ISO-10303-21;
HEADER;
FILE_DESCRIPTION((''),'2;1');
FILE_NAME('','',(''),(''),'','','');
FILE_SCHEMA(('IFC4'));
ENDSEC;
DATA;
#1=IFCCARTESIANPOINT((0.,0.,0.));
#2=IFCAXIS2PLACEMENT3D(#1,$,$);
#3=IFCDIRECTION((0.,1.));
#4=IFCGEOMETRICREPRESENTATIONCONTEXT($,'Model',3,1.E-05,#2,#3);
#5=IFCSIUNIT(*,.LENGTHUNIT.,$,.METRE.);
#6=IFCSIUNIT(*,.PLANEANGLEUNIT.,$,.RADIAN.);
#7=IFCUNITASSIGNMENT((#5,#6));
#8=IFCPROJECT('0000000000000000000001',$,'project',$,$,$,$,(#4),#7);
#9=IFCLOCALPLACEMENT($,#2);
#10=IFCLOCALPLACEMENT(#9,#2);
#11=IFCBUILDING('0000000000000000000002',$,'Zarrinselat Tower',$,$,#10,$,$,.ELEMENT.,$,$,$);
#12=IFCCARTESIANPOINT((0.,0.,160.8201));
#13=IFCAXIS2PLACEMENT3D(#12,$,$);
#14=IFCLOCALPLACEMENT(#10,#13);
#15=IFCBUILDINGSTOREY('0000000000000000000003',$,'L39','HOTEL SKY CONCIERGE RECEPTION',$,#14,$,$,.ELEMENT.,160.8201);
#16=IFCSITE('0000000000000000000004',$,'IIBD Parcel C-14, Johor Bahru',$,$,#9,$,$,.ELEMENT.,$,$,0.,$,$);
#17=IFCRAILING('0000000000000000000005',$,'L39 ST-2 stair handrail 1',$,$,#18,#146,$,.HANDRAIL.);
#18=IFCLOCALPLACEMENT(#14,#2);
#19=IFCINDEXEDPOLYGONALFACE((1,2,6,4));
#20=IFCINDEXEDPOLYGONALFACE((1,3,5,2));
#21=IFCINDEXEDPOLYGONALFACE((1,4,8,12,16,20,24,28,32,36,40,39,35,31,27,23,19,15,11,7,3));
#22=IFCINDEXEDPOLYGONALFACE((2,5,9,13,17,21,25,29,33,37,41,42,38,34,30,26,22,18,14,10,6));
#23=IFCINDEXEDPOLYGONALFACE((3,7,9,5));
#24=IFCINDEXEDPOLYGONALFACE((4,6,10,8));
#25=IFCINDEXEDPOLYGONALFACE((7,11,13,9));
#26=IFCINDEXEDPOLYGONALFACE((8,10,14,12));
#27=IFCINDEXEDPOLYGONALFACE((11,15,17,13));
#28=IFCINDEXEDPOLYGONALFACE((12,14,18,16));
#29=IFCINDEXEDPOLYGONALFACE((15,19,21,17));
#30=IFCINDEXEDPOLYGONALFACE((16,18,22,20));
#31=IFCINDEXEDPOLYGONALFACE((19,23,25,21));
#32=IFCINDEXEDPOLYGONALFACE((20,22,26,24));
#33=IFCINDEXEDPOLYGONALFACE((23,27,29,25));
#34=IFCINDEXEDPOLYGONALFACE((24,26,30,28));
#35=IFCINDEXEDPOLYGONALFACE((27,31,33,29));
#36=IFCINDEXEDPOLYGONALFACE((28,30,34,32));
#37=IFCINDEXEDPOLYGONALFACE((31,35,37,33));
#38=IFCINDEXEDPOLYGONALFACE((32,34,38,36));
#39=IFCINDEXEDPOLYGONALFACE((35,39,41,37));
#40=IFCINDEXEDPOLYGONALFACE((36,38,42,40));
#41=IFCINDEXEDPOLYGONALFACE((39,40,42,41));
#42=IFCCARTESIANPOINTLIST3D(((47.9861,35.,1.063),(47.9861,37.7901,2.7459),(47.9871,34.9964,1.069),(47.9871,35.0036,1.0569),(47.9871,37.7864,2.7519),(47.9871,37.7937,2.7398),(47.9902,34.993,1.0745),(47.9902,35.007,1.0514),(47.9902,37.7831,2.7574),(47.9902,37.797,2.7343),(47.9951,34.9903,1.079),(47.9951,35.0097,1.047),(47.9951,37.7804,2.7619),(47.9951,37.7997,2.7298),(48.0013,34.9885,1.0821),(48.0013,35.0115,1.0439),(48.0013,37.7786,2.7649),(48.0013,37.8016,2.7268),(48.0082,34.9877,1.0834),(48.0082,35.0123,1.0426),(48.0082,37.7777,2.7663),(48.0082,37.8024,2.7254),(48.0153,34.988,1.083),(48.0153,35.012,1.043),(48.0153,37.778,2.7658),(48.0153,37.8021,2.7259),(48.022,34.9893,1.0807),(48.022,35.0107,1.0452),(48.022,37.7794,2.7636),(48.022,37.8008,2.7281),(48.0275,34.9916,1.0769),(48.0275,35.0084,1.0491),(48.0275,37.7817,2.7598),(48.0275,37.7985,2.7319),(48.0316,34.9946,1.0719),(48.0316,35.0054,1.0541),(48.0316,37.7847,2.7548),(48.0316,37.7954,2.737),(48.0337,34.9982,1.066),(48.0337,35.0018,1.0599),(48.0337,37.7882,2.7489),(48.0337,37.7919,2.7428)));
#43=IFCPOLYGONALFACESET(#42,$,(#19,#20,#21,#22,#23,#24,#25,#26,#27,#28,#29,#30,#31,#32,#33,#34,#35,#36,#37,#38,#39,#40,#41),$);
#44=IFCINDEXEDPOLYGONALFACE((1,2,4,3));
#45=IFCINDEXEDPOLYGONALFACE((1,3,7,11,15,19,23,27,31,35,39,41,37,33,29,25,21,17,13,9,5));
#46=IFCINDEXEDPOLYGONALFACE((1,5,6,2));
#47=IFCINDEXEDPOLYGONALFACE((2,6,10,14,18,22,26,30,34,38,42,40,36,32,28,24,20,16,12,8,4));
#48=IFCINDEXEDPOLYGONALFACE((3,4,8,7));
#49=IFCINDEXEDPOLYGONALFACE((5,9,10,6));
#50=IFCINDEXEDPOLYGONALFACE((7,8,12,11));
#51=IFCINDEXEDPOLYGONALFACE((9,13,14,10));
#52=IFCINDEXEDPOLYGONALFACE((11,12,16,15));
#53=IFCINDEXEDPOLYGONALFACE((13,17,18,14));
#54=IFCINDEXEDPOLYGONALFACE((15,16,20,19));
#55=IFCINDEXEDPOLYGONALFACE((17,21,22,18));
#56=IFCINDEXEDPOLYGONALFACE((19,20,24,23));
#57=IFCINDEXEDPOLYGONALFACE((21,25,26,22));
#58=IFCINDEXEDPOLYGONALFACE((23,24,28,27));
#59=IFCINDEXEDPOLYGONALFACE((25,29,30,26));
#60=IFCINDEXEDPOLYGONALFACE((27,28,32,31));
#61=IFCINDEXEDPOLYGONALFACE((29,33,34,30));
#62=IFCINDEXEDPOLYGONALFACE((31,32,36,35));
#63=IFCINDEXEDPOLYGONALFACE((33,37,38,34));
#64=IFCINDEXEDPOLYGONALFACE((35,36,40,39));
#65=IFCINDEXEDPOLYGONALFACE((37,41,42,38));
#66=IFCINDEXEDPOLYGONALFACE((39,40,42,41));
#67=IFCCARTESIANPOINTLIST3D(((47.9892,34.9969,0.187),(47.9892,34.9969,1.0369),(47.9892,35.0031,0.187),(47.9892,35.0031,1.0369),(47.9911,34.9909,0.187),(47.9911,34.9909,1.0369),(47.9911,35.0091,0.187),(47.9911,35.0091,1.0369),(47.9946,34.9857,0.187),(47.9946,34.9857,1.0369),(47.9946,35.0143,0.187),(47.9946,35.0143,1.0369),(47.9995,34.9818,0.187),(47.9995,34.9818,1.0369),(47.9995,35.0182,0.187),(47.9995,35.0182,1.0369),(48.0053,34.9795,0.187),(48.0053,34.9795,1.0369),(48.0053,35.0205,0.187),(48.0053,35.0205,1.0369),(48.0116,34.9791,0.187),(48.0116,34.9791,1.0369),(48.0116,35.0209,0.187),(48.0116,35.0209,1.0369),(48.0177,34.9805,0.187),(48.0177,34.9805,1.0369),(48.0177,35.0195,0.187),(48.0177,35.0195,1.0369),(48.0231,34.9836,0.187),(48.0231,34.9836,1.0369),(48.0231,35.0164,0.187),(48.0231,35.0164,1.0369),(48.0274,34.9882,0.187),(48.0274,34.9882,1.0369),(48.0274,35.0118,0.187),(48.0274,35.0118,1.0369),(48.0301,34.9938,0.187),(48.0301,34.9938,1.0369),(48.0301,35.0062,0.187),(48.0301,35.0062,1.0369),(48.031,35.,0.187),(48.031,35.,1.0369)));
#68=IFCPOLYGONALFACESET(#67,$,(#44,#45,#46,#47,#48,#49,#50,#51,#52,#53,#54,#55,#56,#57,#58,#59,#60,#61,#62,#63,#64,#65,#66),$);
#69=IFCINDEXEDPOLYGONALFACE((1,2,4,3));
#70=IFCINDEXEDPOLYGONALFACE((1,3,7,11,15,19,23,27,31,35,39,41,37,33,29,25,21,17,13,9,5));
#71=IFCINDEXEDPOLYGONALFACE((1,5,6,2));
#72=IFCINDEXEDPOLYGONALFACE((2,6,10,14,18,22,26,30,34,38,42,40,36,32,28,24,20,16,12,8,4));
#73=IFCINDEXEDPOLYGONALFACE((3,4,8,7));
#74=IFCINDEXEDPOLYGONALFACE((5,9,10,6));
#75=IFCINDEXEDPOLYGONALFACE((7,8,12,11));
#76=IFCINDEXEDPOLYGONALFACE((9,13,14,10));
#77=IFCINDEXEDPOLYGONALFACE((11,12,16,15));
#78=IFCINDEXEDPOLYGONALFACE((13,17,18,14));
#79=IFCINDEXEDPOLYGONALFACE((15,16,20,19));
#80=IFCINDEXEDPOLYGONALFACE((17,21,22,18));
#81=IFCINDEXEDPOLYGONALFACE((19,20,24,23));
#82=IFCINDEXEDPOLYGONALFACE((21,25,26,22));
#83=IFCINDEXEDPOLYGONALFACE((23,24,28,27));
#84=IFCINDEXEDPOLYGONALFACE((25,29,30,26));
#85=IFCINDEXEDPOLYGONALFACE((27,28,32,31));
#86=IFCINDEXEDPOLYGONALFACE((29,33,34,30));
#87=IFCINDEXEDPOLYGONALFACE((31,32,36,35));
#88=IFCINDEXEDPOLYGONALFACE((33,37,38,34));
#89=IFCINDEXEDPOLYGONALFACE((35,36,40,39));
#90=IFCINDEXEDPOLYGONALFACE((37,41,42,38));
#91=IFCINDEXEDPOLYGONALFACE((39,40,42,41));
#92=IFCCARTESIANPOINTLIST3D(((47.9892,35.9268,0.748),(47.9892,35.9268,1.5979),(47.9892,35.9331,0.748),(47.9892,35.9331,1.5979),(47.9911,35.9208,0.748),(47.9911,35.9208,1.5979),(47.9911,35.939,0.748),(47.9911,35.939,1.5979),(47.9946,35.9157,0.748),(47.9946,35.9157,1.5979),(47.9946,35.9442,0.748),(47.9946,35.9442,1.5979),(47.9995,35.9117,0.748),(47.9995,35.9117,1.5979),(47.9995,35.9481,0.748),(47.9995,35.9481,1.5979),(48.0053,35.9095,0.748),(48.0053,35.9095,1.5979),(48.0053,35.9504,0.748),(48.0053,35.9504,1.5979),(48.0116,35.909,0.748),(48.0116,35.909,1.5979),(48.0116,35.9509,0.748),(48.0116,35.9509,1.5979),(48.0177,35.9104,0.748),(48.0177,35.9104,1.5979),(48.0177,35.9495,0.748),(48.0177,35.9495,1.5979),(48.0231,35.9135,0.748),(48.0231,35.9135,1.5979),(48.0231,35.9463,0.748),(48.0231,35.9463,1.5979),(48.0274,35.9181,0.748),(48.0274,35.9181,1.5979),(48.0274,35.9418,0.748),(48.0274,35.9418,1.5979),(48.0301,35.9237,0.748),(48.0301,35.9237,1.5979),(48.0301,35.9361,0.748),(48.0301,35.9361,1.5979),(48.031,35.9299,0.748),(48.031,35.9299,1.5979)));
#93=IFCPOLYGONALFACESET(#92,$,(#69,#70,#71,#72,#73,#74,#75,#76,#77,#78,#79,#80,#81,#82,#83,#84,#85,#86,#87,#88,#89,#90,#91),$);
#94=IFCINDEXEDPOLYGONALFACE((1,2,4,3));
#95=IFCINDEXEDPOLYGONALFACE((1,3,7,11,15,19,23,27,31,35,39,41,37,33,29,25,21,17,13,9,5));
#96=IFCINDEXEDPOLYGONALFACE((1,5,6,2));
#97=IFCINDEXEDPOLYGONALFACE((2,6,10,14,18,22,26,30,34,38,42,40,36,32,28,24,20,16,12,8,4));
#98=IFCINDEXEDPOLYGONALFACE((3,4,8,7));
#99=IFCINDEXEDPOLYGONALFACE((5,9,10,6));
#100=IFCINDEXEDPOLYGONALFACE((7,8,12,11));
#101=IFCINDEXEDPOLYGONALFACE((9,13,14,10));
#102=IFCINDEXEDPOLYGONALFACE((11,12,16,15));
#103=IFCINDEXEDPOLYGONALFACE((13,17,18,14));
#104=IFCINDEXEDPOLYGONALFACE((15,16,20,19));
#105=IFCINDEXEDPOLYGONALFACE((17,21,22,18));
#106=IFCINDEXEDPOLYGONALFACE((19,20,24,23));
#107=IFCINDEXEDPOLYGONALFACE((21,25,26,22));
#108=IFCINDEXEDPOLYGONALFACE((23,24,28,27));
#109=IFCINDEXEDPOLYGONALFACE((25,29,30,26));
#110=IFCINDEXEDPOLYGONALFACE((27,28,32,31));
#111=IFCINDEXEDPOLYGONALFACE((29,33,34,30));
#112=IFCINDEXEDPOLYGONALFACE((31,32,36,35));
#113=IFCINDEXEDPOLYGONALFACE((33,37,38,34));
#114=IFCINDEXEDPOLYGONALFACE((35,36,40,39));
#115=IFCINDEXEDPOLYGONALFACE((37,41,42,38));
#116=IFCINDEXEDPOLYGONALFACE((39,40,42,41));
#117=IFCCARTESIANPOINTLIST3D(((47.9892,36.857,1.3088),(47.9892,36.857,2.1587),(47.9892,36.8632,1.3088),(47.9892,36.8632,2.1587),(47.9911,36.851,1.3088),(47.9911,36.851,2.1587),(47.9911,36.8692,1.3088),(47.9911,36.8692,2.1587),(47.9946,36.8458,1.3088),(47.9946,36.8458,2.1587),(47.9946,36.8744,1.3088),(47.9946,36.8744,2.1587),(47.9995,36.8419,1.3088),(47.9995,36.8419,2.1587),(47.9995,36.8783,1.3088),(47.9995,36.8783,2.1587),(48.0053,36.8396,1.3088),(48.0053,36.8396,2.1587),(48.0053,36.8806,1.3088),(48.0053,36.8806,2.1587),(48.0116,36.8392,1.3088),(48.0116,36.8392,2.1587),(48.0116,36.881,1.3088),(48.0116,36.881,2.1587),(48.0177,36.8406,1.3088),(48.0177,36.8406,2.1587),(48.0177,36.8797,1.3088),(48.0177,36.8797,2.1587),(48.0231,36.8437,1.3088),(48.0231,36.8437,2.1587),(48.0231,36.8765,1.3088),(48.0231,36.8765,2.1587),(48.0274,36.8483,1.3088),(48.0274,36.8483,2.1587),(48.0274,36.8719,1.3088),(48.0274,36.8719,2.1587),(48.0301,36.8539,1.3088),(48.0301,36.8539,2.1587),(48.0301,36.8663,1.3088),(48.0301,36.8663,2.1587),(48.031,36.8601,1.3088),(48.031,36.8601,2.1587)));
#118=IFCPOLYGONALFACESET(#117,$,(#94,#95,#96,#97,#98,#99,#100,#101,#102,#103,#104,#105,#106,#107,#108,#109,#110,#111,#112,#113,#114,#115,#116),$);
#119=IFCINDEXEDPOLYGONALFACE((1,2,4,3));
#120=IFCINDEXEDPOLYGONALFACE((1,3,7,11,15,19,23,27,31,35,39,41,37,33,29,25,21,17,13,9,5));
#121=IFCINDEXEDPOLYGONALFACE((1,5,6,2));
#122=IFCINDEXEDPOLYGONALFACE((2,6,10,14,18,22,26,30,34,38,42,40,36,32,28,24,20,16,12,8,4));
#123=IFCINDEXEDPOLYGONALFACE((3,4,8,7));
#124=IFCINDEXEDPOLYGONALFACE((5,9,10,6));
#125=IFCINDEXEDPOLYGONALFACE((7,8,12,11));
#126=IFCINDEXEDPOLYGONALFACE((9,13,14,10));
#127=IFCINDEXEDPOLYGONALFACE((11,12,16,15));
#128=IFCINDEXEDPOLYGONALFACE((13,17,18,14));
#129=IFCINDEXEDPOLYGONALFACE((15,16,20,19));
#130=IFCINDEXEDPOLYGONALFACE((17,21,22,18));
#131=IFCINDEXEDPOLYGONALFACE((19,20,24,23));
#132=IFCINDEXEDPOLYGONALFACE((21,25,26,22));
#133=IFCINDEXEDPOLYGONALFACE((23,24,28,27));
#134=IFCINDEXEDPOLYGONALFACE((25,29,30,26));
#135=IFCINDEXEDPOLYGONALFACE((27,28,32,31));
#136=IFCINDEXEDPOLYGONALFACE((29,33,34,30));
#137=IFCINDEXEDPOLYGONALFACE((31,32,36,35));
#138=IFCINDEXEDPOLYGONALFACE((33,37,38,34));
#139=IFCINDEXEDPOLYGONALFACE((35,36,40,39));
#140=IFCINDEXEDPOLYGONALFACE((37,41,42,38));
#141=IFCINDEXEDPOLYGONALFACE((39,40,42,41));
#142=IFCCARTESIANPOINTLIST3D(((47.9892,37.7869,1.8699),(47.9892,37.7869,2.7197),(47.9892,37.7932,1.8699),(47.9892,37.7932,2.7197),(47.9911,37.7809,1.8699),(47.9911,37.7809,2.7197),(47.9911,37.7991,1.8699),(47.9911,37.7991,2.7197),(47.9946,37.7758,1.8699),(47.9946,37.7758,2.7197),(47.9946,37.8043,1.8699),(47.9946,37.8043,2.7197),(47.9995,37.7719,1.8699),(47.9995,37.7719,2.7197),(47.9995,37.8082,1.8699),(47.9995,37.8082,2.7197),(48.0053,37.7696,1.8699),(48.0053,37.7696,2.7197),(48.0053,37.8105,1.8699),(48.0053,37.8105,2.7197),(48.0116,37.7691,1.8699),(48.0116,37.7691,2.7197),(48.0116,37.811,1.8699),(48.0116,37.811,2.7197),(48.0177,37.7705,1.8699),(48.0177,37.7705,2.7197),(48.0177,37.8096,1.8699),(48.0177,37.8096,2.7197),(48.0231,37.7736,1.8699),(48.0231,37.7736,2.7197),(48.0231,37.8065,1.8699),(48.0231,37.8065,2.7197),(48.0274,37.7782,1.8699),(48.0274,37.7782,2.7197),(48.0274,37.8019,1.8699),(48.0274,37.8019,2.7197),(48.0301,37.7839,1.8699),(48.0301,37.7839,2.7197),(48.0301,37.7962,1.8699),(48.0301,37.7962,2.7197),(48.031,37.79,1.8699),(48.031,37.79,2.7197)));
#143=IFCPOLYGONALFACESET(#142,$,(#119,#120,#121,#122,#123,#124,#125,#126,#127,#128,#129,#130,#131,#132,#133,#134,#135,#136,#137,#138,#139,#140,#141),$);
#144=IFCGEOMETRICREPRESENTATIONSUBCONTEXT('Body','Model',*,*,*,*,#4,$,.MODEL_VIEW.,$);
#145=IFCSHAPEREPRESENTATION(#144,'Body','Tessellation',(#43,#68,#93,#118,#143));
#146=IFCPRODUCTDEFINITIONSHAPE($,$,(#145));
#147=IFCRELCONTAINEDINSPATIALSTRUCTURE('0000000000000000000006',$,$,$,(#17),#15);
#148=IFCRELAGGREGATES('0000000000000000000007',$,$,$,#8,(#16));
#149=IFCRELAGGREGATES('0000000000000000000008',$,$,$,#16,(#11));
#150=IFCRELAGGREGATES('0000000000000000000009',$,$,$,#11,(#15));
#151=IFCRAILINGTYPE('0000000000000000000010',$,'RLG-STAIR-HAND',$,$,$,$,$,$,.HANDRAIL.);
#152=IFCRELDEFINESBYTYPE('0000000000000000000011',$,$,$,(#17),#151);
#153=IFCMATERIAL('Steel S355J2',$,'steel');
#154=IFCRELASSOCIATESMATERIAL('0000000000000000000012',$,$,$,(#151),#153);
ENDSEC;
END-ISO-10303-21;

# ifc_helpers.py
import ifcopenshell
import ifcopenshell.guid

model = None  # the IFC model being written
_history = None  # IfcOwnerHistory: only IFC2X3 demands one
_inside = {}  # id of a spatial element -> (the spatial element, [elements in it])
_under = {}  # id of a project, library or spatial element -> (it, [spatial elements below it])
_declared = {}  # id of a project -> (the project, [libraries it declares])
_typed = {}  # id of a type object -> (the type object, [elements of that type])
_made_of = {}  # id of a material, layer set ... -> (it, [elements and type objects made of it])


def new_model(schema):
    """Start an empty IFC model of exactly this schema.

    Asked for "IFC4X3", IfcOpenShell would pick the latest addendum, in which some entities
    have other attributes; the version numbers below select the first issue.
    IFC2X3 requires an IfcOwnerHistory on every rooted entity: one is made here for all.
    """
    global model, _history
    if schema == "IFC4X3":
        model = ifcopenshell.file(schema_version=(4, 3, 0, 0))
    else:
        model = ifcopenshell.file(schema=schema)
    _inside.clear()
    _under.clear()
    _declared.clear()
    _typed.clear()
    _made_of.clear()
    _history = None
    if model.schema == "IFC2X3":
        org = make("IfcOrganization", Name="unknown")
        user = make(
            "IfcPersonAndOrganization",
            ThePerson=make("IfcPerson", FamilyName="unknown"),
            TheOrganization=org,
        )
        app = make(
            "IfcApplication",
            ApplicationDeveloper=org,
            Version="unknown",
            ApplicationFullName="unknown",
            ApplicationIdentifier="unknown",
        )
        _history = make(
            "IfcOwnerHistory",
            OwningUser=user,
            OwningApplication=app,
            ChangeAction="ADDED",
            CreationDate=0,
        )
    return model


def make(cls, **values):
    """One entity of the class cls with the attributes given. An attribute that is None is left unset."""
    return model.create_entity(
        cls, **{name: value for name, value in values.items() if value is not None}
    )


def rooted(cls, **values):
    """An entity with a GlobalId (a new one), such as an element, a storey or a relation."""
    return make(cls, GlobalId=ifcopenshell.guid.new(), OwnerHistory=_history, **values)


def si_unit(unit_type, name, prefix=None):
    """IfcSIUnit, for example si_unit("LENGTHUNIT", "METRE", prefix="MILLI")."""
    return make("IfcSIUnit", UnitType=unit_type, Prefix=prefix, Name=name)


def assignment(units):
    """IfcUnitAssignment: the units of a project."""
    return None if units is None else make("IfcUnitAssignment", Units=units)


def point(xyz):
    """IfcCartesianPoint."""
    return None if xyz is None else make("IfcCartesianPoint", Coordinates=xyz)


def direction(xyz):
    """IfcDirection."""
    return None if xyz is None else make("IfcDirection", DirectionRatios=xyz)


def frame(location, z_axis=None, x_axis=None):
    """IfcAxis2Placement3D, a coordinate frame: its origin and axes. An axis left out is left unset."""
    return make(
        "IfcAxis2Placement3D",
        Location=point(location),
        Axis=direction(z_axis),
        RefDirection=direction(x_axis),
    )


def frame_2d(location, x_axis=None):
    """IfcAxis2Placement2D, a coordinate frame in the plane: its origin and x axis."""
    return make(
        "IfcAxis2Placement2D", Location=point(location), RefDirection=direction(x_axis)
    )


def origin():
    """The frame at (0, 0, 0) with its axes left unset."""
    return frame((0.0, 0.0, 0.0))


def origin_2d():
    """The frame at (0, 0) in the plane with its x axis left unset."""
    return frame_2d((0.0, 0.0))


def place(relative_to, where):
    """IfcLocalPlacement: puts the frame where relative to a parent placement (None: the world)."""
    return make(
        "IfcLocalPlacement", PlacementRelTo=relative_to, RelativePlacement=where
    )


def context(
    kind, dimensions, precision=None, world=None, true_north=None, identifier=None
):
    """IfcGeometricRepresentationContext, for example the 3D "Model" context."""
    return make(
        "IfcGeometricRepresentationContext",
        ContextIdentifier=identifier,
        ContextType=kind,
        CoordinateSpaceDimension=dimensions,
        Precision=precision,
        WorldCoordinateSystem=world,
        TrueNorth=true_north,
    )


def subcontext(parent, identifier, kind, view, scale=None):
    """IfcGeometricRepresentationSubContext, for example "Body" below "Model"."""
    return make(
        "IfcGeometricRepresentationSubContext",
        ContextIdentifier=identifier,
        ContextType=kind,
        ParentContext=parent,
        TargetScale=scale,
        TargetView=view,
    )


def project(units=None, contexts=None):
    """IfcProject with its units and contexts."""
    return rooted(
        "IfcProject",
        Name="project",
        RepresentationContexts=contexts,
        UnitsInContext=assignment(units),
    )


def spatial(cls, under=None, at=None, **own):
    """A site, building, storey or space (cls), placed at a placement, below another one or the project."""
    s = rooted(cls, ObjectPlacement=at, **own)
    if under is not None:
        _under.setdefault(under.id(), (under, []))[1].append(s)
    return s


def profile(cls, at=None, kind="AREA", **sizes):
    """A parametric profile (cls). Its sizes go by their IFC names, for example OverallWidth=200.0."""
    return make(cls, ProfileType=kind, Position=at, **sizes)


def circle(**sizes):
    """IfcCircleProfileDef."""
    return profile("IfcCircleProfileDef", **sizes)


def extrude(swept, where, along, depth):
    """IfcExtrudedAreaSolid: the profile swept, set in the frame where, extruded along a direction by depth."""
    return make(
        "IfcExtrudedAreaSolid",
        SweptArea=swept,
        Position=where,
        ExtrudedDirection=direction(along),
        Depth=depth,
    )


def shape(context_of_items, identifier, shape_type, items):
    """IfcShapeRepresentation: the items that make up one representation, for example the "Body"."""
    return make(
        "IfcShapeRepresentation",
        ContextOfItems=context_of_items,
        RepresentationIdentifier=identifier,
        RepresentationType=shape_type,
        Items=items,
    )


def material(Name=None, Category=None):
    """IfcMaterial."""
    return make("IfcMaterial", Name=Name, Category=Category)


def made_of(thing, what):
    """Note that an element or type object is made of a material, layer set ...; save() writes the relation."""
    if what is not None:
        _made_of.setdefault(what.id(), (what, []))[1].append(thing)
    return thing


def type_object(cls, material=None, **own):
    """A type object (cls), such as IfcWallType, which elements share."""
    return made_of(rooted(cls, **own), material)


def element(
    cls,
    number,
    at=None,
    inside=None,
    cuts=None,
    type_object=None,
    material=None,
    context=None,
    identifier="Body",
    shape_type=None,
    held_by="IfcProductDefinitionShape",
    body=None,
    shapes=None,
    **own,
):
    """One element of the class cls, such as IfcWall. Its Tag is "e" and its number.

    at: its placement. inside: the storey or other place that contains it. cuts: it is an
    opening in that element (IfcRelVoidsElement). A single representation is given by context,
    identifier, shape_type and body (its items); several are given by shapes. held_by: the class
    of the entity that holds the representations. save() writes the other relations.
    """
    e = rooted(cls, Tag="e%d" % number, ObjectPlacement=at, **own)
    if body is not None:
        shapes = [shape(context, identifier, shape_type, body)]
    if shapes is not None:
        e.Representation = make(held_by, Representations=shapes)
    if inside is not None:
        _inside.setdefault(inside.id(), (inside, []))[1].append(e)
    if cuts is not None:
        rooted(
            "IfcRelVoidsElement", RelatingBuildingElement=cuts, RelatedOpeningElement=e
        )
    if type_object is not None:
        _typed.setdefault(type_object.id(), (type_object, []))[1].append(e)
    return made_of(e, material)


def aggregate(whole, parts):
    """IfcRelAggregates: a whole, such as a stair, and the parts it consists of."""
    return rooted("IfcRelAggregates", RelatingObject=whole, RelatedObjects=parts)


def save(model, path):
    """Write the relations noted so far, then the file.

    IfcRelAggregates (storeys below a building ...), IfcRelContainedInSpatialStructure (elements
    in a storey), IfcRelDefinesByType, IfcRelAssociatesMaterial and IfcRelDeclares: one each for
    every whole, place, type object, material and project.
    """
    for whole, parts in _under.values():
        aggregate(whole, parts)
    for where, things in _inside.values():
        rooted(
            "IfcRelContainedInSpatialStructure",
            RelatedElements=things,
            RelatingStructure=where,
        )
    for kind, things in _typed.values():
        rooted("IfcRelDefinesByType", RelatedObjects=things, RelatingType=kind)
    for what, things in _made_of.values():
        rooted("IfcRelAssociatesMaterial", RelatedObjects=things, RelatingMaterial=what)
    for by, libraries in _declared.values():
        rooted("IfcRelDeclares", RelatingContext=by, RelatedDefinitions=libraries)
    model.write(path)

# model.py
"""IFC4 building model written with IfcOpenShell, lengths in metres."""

from ifc_helpers import new_model, si_unit, direction, frame, origin, origin_2d, place, context, subcontext, project, spatial, circle, extrude, material, type_object, element, save


model = new_model("IFC4")

# Units and contexts
model_context = context("Model", 3, precision=1e-05, world=origin(), true_north=direction((0.0, 1.0)))
body_context = subcontext(model_context, "Body", "Model", "MODEL_VIEW")
ifc_project = project(units=[si_unit("LENGTHUNIT", "METRE"), si_unit("PLANEANGLEUNIT", "RADIAN")], contexts=[model_context])

# Site, building, storey
site_placement = place(None, origin())
site = spatial("IfcSite", under=ifc_project, at=site_placement, Name="IIBD Parcel C-14, Johor Bahru", CompositionType="ELEMENT", RefElevation=0.0)
building_placement = place(site_placement, origin())
building = spatial("IfcBuilding", under=site, at=building_placement, Name="Zarrinselat Tower", CompositionType="ELEMENT")
storey_placement = place(building_placement, frame((0.0, 0.0, 160.8201)))
storey = spatial("IfcBuildingStorey", under=building, at=storey_placement, Name="L39", Description="HOTEL SKY CONCIERGE RECEPTION", CompositionType="ELEMENT", Elevation=160.8201)

# Railing
ifc_material_1 = material(Name="Steel S355J2", Category="steel")
railing_type_1 = type_object("IfcRailingType", Name="RLG-STAIR-HAND", PredefinedType="HANDRAIL", material=ifc_material_1)
railing_1_placement = place(storey_placement, frame((48.01, 35.0, 0.187)))
element("IfcRailing", 1, at=railing_1_placement, inside=storey, type_object=railing_type_1, Name="L39 ST-2 stair handrail 1", PredefinedType="HANDRAIL", context=body_context, shape_type="SweptSolid", body=[
    extrude(circle(Radius=0.0239, at=origin_2d()), frame((0.0, 0.0, 0.876), z_axis=(0.0, 0.856294, 0.516489), x_axis=(-1.0, 0.0, 0.0)), (0.0, 0.0, 1.0), 3.2583),
    extrude(circle(Radius=0.021, at=origin_2d()), origin(), (0.0, 0.0, 1.0), 0.8499),
    extrude(circle(Radius=0.021, at=origin_2d()), frame((0.0, 0.9299, 0.561)), (0.0, 0.0, 1.0), 0.8499),
    extrude(circle(Radius=0.021, at=origin_2d()), frame((0.0, 1.8601, 1.1218)), (0.0, 0.0, 1.0), 0.8499),
    extrude(circle(Radius=0.021, at=origin_2d()), frame((0.0, 2.79, 1.6829)), (0.0, 0.0, 1.0), 0.8499),
])

save(model, "model.ifc")
